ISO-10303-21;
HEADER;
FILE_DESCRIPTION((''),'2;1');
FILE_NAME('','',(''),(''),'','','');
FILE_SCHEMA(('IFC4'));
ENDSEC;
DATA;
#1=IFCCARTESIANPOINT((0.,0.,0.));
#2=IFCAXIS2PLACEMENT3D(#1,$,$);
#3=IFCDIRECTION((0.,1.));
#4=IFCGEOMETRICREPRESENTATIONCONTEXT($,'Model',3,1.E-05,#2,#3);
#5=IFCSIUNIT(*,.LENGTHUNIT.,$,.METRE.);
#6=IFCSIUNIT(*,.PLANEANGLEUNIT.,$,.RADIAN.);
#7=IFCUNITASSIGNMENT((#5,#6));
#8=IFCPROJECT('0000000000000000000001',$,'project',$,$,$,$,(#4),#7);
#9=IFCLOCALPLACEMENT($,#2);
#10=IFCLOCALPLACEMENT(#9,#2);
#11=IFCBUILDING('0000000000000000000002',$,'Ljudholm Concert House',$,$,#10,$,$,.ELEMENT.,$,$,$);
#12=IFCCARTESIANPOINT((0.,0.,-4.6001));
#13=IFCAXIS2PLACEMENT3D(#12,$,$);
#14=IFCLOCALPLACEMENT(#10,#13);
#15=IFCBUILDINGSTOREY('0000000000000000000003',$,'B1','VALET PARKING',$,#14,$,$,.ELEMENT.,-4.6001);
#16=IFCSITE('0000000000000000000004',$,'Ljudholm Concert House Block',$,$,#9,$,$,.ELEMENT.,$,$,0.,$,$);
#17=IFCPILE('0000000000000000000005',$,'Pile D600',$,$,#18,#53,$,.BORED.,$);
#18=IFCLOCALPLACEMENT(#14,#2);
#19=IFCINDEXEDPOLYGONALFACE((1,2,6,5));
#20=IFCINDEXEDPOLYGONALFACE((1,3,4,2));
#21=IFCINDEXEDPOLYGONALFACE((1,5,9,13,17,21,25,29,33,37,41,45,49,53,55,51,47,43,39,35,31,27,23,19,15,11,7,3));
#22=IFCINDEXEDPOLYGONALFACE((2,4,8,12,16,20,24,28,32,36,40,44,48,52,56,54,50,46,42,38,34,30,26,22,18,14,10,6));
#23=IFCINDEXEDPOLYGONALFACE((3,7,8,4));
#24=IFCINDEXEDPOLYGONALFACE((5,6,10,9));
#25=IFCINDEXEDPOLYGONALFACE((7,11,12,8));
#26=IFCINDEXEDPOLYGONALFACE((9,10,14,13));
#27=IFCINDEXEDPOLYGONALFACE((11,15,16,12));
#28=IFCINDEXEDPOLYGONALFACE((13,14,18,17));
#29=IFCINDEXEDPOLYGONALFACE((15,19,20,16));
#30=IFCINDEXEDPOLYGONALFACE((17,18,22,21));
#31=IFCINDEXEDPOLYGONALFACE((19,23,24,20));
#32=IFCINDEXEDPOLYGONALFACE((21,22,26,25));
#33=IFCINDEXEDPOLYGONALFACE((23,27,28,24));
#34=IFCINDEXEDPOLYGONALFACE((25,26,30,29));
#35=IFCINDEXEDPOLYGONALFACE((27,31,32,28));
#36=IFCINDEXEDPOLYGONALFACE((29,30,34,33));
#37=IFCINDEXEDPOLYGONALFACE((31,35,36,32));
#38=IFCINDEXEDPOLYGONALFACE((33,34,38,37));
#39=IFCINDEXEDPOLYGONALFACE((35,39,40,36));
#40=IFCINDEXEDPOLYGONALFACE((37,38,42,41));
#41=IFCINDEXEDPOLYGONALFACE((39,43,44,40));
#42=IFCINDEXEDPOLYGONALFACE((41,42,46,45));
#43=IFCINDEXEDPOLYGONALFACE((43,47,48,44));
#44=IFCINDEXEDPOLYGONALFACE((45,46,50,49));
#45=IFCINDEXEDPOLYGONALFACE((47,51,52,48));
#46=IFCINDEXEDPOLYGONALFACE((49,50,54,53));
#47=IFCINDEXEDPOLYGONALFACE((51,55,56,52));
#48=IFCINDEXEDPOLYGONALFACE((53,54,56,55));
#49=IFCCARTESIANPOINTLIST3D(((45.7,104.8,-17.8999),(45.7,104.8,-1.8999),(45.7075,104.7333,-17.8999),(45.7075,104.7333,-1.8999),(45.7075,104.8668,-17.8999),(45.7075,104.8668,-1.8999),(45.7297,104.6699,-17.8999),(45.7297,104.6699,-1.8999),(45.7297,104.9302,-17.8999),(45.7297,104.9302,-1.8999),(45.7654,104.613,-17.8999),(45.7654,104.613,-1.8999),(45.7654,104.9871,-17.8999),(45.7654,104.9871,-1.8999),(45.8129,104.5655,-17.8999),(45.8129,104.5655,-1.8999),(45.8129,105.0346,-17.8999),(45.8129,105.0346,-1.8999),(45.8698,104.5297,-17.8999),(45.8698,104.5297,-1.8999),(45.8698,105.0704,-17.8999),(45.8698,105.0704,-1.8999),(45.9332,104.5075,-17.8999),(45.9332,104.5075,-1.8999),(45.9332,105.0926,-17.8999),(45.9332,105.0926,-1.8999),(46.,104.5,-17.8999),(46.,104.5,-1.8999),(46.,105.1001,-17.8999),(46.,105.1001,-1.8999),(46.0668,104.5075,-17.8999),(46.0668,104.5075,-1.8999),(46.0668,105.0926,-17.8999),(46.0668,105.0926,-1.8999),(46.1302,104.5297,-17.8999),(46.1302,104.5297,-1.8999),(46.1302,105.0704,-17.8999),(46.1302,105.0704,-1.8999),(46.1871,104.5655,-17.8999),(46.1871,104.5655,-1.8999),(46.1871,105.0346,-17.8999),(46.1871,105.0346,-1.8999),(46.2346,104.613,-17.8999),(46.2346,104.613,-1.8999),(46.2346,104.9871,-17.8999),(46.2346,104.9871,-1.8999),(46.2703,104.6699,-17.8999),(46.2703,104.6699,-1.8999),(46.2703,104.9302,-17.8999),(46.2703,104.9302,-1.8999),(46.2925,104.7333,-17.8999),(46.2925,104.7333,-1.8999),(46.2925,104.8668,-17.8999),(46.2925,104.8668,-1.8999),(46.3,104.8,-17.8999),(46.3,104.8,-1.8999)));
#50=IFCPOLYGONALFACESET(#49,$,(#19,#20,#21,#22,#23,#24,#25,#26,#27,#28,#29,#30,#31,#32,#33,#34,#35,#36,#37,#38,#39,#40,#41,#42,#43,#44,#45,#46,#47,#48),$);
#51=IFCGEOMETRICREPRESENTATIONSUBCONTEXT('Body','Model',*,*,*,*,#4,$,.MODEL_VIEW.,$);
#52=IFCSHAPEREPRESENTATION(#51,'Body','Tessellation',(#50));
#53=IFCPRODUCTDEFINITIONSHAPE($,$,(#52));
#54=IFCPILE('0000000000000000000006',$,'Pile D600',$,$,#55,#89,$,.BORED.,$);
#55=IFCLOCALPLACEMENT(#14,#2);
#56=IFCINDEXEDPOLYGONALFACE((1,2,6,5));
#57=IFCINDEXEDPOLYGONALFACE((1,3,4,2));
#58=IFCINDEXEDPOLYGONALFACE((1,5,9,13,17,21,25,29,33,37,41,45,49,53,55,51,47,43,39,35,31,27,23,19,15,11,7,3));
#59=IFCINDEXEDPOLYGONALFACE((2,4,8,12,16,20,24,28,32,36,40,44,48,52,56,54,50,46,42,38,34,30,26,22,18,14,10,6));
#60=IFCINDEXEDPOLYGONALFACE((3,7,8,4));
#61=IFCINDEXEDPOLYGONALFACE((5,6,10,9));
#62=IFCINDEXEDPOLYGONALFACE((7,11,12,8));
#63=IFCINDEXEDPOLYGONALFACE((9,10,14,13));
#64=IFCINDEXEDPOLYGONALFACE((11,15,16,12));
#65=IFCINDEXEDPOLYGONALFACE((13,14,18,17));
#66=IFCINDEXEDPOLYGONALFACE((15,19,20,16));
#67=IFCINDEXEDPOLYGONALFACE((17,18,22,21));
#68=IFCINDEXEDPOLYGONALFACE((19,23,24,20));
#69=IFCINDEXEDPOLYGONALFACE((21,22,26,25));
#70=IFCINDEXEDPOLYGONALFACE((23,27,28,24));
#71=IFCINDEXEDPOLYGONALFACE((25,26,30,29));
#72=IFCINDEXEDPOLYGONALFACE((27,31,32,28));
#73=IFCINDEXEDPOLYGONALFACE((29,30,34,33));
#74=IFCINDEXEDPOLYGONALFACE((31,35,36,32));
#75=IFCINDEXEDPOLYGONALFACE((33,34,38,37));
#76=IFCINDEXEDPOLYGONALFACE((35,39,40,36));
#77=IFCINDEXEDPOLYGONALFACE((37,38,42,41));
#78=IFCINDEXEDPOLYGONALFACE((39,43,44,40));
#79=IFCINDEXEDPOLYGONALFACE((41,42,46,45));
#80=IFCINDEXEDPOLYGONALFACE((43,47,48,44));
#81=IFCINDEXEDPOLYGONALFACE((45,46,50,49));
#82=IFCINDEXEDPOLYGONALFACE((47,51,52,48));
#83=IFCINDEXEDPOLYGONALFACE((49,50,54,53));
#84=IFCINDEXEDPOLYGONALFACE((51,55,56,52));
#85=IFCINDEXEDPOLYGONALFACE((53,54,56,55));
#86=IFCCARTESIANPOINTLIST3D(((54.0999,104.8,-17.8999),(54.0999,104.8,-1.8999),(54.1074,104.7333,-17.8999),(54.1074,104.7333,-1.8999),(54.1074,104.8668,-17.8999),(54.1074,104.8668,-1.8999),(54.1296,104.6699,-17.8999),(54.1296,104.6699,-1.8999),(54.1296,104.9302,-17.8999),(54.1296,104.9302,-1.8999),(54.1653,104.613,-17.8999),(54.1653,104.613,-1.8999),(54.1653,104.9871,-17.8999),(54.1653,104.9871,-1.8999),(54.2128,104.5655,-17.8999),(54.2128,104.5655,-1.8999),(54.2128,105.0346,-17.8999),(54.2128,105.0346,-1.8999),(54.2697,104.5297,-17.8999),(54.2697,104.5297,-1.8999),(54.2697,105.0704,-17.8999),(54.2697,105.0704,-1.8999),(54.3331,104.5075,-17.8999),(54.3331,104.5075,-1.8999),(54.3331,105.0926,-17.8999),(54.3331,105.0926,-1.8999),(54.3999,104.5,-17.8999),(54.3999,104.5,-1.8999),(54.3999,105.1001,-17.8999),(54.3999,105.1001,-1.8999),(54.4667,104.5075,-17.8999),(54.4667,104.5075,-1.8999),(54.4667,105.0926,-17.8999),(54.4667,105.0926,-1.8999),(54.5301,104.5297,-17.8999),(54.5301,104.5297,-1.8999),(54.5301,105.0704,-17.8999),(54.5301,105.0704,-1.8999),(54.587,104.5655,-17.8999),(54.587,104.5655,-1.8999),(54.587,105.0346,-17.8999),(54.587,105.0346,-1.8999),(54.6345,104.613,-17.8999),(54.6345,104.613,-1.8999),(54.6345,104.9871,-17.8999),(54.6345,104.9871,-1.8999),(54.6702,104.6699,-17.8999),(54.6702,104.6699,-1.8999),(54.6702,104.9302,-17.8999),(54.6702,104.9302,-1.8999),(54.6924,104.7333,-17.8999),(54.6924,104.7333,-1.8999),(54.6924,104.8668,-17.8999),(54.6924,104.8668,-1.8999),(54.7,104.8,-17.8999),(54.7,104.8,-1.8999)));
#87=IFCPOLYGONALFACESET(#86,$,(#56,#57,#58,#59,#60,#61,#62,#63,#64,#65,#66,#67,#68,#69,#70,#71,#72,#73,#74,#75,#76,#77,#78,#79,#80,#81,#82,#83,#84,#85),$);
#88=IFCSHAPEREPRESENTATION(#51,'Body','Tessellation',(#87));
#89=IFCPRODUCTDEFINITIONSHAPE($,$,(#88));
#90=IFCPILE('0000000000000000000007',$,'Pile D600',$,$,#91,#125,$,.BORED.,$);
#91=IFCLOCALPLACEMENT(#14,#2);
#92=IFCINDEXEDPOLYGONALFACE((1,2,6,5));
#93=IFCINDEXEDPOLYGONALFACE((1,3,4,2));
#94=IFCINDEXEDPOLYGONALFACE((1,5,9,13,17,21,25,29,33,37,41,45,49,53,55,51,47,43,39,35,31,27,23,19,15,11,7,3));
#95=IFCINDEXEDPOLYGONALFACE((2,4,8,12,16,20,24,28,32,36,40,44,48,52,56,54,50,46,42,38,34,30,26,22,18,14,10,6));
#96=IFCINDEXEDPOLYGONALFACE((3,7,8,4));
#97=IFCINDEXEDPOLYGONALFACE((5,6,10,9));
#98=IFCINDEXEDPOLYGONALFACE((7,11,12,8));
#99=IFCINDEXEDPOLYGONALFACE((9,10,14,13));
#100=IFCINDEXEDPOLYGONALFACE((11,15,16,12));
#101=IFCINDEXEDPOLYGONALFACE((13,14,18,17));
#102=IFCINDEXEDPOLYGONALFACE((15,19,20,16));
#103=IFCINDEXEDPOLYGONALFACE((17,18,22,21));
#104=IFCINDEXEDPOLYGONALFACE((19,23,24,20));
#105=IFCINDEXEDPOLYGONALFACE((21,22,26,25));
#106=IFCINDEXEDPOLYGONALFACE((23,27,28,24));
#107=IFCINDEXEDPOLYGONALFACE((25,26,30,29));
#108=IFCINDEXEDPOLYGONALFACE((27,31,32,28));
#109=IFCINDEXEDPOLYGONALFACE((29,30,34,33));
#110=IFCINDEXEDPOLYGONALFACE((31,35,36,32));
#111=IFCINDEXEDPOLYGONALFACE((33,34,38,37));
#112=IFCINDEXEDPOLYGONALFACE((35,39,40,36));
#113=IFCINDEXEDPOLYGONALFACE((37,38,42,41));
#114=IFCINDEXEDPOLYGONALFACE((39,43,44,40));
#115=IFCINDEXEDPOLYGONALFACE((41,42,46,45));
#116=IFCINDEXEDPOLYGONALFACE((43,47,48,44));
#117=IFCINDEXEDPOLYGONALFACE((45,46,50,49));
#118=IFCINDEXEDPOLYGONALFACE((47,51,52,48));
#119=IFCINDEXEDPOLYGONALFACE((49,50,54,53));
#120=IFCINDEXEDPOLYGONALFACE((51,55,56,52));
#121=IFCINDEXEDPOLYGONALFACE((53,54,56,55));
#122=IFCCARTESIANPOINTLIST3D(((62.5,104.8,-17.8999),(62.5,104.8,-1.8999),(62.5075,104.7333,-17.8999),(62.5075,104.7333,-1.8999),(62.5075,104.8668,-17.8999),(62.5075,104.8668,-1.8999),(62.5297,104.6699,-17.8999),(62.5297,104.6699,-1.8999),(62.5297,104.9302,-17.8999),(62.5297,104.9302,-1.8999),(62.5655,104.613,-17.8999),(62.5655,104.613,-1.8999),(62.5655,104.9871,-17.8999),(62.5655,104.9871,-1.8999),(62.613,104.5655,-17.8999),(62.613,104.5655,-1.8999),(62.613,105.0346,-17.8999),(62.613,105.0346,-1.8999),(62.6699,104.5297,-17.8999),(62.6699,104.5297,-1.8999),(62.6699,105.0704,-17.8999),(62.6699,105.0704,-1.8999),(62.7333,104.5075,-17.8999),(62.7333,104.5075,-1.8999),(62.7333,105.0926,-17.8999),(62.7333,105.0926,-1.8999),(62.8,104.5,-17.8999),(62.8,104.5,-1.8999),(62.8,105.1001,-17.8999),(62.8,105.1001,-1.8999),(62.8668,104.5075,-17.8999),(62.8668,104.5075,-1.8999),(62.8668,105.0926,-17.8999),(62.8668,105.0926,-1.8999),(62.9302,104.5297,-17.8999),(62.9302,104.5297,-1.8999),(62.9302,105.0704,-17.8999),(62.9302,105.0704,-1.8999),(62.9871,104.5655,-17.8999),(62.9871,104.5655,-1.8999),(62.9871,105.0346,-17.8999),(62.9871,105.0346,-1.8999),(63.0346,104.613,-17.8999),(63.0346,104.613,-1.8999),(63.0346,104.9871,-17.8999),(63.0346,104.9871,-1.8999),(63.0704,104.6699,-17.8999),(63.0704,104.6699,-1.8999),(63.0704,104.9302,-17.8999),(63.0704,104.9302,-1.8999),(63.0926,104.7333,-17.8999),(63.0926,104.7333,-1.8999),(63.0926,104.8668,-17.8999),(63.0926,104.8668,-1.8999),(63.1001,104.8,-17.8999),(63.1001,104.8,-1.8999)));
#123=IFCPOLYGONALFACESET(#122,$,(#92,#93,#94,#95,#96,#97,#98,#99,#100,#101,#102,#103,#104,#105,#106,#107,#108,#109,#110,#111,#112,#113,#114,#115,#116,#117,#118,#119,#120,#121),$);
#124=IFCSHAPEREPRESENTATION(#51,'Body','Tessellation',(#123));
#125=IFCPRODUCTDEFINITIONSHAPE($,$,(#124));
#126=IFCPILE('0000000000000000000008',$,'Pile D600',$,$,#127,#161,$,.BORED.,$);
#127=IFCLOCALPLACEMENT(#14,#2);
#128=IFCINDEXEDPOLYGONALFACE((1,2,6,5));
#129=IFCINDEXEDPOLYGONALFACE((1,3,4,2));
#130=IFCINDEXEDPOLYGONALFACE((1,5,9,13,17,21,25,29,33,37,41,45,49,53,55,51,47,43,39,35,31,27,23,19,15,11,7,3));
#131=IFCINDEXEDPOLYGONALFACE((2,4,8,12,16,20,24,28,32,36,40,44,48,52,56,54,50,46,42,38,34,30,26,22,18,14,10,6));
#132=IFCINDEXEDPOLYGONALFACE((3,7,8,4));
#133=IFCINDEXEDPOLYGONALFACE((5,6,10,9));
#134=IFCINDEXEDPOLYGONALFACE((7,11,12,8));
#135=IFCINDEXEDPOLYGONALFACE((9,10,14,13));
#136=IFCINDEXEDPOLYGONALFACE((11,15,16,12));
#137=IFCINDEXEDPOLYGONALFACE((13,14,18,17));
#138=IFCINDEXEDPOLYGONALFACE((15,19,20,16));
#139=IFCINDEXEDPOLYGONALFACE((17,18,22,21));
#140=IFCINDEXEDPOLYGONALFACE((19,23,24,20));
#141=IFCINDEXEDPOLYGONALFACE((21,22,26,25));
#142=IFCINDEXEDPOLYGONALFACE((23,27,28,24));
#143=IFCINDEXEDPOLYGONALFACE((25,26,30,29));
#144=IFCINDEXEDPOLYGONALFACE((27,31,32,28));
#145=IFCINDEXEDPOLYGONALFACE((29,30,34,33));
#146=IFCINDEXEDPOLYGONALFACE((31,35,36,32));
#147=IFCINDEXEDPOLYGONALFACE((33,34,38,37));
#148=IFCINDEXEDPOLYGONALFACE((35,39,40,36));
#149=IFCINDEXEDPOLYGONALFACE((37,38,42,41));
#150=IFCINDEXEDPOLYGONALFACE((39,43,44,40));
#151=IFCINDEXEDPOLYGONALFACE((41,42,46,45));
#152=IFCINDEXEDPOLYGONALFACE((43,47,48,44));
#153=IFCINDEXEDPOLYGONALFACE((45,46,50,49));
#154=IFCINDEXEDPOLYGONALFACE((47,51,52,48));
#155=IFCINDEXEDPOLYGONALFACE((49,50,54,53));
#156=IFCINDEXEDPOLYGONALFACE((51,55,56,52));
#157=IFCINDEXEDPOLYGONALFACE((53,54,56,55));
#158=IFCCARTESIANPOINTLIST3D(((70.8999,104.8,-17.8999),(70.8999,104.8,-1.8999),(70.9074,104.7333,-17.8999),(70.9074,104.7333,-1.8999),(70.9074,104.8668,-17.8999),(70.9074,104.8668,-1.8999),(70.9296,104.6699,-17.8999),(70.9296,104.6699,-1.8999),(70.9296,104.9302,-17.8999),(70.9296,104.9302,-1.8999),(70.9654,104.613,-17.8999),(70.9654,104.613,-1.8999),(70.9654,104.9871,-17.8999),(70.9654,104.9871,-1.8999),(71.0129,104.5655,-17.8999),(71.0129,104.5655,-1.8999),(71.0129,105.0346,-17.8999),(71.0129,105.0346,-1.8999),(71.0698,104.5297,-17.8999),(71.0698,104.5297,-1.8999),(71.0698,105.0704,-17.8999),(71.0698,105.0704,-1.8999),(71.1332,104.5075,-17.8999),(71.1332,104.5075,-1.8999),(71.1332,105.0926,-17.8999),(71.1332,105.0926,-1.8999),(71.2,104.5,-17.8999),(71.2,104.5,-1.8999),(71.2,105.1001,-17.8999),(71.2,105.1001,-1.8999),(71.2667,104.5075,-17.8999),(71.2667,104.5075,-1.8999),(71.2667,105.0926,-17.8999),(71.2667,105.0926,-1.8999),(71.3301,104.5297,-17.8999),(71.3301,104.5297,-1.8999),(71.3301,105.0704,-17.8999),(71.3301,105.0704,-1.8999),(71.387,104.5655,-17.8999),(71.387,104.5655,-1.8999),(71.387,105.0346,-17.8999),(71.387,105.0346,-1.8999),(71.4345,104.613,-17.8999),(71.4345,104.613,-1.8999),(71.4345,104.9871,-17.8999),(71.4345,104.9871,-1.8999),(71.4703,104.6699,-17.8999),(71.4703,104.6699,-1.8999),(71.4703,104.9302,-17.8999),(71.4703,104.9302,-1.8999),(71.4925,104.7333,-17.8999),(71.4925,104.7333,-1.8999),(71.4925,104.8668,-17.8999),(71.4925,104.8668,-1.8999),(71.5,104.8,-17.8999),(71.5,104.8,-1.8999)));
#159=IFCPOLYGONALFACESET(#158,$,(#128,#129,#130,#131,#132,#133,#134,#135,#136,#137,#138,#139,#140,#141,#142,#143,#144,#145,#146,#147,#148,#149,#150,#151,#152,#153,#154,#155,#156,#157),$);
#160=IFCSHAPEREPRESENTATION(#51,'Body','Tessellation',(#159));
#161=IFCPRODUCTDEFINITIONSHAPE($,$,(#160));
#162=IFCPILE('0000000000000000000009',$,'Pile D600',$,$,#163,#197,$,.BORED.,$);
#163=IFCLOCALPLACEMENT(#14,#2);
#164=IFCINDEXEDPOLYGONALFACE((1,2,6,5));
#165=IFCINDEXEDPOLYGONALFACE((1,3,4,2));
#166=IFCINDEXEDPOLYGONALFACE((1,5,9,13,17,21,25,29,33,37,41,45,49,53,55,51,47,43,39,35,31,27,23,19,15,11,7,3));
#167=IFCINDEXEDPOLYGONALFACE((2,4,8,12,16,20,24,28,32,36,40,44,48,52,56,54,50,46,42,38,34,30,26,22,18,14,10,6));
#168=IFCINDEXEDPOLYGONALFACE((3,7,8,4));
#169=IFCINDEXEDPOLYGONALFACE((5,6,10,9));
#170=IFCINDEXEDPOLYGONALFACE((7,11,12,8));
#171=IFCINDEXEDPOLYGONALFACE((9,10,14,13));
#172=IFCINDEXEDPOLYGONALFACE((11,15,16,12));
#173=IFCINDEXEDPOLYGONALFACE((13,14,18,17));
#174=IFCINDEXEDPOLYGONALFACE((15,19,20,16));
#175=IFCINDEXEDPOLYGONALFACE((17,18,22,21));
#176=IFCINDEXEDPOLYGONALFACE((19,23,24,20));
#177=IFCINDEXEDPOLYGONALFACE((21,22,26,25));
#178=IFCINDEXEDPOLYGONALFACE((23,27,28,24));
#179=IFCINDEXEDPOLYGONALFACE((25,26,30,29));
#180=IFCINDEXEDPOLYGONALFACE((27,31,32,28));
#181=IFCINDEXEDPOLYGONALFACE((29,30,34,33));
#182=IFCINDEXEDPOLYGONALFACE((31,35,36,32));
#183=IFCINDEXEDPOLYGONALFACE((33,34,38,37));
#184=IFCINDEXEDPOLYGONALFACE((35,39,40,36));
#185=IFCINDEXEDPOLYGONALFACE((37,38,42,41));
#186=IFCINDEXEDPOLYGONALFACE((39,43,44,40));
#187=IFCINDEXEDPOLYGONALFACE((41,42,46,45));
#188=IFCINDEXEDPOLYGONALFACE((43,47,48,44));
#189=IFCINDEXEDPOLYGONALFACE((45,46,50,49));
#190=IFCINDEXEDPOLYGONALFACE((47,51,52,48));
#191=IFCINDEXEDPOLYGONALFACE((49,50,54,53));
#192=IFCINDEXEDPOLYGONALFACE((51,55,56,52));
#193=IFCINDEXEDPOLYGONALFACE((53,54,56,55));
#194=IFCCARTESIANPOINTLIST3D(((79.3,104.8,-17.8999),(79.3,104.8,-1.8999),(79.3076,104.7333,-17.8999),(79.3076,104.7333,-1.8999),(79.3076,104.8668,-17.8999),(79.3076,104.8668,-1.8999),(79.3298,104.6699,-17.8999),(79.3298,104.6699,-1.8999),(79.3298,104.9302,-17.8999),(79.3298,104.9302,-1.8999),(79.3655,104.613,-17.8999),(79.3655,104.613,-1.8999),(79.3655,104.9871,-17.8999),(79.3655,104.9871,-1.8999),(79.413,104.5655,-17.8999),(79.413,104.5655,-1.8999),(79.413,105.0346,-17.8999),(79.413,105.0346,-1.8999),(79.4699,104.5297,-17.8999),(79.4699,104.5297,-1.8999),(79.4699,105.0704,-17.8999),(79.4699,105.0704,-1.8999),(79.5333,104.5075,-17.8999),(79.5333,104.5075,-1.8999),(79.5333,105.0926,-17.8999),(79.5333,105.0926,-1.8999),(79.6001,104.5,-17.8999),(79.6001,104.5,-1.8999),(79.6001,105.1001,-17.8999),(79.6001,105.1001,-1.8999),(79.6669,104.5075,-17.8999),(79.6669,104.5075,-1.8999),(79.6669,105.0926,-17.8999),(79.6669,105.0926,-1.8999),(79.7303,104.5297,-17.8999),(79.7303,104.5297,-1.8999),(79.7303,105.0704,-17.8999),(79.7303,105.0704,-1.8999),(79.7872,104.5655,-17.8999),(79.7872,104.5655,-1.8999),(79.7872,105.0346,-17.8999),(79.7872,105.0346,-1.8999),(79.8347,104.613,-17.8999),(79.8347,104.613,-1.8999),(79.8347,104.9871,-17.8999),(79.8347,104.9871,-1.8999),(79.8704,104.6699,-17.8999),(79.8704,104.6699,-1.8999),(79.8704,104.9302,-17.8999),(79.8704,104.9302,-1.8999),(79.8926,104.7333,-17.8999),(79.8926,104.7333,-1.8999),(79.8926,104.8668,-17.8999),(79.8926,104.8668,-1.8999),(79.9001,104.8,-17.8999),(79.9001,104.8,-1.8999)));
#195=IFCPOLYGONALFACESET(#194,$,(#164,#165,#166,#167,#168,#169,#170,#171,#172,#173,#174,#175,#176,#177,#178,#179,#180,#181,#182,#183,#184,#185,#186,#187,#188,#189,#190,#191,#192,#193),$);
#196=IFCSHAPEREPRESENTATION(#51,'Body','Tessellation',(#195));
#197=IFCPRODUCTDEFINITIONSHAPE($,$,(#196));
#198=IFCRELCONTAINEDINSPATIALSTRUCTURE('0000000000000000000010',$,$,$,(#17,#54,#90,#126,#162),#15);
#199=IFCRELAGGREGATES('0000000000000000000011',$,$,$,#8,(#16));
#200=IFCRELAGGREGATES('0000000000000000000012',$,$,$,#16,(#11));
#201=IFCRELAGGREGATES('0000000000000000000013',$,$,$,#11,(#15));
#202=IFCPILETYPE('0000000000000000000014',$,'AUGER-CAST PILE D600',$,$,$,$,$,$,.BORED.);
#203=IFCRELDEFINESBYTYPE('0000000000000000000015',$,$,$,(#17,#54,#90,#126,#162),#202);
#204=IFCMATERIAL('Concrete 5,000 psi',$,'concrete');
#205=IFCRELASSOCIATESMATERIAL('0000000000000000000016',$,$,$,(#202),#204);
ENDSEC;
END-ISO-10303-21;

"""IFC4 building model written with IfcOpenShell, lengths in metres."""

from ifc_helpers import new_model, si_unit, direction, frame, origin, origin_2d, place, context, subcontext, project, spatial, circle, extrude, material, material_profile, profile_set, type_object, element, save


model = new_model("IFC4")

# Units and contexts
model_context = context("Model", 3, precision=1e-05, world=origin(), true_north=direction((0.0, 1.0)))
body_context = subcontext(model_context, "Body", "Model", "MODEL_VIEW")
ifc_project = project(units=[si_unit("LENGTHUNIT", "METRE"), si_unit("PLANEANGLEUNIT", "RADIAN")], contexts=[model_context])

# Site, building, storey
site_placement = place(None, origin())
site = spatial("IfcSite", under=ifc_project, at=site_placement, Name="Ljudholm Concert House Block", CompositionType="ELEMENT", RefElevation=0.0)
building_placement = place(site_placement, origin())
building = spatial("IfcBuilding", under=site, at=building_placement, Name="Ljudholm Concert House", CompositionType="ELEMENT")
storey_placement = place(building_placement, frame((0.0, 0.0, -4.6001)))
storey = spatial("IfcBuildingStorey", under=building, at=storey_placement, Name="B1", Description="VALET PARKING", CompositionType="ELEMENT", Elevation=-4.6001)

# Piles
ifc_material_1 = material(Name="Concrete 5,000 psi", Category="concrete")
ifc_material_profile_1 = material_profile(ifc_material_1, circle(Radius=0.3, at=origin_2d()), Name="AUGER-CAST PILE D600")
ifc_profile_set_1 = profile_set([ifc_material_profile_1], Name="Concrete 5,000 psi")
pile_type = type_object("IfcPileType", Name="AUGER-CAST PILE D600", PredefinedType="BORED", material=ifc_profile_set_1)
for number, where, z_axis, x_axis, name in (
    (1, (46.0, 104.8, -1.8999), (0.0, 0.0, -1.0), (1.0, 0.0, 0.0), "Pile D600"),
    (2, (54.3999, 104.8, -1.8999), (0.0, 0.0, -1.0), (1.0, 0.0, 0.0), "Pile D600"),
    (3, (62.8, 104.8, -1.8999), (0.0, 0.0, -1.0), (1.0, 0.0, 0.0), "Pile D600"),
    (4, (71.2, 104.8, -1.8999), (0.0, 0.0, -1.0), (1.0, 0.0, 0.0), "Pile D600"),
    (5, (79.6001, 104.8, -1.8999), (0.0, 0.0, -1.0), (1.0, 0.0, 0.0), "Pile D600"),
):
    element("IfcPile", number, at=place(storey_placement, frame(where, z_axis=z_axis, x_axis=x_axis)), inside=storey, type_object=pile_type, Name=name, PredefinedType="BORED", context=body_context, shape_type="SweptSolid", body=[
        extrude(circle(Radius=0.3, at=origin_2d()), origin(), (0.0, 0.0, 1.0), 16.0),
    ])

save(model, "model.ifc")
